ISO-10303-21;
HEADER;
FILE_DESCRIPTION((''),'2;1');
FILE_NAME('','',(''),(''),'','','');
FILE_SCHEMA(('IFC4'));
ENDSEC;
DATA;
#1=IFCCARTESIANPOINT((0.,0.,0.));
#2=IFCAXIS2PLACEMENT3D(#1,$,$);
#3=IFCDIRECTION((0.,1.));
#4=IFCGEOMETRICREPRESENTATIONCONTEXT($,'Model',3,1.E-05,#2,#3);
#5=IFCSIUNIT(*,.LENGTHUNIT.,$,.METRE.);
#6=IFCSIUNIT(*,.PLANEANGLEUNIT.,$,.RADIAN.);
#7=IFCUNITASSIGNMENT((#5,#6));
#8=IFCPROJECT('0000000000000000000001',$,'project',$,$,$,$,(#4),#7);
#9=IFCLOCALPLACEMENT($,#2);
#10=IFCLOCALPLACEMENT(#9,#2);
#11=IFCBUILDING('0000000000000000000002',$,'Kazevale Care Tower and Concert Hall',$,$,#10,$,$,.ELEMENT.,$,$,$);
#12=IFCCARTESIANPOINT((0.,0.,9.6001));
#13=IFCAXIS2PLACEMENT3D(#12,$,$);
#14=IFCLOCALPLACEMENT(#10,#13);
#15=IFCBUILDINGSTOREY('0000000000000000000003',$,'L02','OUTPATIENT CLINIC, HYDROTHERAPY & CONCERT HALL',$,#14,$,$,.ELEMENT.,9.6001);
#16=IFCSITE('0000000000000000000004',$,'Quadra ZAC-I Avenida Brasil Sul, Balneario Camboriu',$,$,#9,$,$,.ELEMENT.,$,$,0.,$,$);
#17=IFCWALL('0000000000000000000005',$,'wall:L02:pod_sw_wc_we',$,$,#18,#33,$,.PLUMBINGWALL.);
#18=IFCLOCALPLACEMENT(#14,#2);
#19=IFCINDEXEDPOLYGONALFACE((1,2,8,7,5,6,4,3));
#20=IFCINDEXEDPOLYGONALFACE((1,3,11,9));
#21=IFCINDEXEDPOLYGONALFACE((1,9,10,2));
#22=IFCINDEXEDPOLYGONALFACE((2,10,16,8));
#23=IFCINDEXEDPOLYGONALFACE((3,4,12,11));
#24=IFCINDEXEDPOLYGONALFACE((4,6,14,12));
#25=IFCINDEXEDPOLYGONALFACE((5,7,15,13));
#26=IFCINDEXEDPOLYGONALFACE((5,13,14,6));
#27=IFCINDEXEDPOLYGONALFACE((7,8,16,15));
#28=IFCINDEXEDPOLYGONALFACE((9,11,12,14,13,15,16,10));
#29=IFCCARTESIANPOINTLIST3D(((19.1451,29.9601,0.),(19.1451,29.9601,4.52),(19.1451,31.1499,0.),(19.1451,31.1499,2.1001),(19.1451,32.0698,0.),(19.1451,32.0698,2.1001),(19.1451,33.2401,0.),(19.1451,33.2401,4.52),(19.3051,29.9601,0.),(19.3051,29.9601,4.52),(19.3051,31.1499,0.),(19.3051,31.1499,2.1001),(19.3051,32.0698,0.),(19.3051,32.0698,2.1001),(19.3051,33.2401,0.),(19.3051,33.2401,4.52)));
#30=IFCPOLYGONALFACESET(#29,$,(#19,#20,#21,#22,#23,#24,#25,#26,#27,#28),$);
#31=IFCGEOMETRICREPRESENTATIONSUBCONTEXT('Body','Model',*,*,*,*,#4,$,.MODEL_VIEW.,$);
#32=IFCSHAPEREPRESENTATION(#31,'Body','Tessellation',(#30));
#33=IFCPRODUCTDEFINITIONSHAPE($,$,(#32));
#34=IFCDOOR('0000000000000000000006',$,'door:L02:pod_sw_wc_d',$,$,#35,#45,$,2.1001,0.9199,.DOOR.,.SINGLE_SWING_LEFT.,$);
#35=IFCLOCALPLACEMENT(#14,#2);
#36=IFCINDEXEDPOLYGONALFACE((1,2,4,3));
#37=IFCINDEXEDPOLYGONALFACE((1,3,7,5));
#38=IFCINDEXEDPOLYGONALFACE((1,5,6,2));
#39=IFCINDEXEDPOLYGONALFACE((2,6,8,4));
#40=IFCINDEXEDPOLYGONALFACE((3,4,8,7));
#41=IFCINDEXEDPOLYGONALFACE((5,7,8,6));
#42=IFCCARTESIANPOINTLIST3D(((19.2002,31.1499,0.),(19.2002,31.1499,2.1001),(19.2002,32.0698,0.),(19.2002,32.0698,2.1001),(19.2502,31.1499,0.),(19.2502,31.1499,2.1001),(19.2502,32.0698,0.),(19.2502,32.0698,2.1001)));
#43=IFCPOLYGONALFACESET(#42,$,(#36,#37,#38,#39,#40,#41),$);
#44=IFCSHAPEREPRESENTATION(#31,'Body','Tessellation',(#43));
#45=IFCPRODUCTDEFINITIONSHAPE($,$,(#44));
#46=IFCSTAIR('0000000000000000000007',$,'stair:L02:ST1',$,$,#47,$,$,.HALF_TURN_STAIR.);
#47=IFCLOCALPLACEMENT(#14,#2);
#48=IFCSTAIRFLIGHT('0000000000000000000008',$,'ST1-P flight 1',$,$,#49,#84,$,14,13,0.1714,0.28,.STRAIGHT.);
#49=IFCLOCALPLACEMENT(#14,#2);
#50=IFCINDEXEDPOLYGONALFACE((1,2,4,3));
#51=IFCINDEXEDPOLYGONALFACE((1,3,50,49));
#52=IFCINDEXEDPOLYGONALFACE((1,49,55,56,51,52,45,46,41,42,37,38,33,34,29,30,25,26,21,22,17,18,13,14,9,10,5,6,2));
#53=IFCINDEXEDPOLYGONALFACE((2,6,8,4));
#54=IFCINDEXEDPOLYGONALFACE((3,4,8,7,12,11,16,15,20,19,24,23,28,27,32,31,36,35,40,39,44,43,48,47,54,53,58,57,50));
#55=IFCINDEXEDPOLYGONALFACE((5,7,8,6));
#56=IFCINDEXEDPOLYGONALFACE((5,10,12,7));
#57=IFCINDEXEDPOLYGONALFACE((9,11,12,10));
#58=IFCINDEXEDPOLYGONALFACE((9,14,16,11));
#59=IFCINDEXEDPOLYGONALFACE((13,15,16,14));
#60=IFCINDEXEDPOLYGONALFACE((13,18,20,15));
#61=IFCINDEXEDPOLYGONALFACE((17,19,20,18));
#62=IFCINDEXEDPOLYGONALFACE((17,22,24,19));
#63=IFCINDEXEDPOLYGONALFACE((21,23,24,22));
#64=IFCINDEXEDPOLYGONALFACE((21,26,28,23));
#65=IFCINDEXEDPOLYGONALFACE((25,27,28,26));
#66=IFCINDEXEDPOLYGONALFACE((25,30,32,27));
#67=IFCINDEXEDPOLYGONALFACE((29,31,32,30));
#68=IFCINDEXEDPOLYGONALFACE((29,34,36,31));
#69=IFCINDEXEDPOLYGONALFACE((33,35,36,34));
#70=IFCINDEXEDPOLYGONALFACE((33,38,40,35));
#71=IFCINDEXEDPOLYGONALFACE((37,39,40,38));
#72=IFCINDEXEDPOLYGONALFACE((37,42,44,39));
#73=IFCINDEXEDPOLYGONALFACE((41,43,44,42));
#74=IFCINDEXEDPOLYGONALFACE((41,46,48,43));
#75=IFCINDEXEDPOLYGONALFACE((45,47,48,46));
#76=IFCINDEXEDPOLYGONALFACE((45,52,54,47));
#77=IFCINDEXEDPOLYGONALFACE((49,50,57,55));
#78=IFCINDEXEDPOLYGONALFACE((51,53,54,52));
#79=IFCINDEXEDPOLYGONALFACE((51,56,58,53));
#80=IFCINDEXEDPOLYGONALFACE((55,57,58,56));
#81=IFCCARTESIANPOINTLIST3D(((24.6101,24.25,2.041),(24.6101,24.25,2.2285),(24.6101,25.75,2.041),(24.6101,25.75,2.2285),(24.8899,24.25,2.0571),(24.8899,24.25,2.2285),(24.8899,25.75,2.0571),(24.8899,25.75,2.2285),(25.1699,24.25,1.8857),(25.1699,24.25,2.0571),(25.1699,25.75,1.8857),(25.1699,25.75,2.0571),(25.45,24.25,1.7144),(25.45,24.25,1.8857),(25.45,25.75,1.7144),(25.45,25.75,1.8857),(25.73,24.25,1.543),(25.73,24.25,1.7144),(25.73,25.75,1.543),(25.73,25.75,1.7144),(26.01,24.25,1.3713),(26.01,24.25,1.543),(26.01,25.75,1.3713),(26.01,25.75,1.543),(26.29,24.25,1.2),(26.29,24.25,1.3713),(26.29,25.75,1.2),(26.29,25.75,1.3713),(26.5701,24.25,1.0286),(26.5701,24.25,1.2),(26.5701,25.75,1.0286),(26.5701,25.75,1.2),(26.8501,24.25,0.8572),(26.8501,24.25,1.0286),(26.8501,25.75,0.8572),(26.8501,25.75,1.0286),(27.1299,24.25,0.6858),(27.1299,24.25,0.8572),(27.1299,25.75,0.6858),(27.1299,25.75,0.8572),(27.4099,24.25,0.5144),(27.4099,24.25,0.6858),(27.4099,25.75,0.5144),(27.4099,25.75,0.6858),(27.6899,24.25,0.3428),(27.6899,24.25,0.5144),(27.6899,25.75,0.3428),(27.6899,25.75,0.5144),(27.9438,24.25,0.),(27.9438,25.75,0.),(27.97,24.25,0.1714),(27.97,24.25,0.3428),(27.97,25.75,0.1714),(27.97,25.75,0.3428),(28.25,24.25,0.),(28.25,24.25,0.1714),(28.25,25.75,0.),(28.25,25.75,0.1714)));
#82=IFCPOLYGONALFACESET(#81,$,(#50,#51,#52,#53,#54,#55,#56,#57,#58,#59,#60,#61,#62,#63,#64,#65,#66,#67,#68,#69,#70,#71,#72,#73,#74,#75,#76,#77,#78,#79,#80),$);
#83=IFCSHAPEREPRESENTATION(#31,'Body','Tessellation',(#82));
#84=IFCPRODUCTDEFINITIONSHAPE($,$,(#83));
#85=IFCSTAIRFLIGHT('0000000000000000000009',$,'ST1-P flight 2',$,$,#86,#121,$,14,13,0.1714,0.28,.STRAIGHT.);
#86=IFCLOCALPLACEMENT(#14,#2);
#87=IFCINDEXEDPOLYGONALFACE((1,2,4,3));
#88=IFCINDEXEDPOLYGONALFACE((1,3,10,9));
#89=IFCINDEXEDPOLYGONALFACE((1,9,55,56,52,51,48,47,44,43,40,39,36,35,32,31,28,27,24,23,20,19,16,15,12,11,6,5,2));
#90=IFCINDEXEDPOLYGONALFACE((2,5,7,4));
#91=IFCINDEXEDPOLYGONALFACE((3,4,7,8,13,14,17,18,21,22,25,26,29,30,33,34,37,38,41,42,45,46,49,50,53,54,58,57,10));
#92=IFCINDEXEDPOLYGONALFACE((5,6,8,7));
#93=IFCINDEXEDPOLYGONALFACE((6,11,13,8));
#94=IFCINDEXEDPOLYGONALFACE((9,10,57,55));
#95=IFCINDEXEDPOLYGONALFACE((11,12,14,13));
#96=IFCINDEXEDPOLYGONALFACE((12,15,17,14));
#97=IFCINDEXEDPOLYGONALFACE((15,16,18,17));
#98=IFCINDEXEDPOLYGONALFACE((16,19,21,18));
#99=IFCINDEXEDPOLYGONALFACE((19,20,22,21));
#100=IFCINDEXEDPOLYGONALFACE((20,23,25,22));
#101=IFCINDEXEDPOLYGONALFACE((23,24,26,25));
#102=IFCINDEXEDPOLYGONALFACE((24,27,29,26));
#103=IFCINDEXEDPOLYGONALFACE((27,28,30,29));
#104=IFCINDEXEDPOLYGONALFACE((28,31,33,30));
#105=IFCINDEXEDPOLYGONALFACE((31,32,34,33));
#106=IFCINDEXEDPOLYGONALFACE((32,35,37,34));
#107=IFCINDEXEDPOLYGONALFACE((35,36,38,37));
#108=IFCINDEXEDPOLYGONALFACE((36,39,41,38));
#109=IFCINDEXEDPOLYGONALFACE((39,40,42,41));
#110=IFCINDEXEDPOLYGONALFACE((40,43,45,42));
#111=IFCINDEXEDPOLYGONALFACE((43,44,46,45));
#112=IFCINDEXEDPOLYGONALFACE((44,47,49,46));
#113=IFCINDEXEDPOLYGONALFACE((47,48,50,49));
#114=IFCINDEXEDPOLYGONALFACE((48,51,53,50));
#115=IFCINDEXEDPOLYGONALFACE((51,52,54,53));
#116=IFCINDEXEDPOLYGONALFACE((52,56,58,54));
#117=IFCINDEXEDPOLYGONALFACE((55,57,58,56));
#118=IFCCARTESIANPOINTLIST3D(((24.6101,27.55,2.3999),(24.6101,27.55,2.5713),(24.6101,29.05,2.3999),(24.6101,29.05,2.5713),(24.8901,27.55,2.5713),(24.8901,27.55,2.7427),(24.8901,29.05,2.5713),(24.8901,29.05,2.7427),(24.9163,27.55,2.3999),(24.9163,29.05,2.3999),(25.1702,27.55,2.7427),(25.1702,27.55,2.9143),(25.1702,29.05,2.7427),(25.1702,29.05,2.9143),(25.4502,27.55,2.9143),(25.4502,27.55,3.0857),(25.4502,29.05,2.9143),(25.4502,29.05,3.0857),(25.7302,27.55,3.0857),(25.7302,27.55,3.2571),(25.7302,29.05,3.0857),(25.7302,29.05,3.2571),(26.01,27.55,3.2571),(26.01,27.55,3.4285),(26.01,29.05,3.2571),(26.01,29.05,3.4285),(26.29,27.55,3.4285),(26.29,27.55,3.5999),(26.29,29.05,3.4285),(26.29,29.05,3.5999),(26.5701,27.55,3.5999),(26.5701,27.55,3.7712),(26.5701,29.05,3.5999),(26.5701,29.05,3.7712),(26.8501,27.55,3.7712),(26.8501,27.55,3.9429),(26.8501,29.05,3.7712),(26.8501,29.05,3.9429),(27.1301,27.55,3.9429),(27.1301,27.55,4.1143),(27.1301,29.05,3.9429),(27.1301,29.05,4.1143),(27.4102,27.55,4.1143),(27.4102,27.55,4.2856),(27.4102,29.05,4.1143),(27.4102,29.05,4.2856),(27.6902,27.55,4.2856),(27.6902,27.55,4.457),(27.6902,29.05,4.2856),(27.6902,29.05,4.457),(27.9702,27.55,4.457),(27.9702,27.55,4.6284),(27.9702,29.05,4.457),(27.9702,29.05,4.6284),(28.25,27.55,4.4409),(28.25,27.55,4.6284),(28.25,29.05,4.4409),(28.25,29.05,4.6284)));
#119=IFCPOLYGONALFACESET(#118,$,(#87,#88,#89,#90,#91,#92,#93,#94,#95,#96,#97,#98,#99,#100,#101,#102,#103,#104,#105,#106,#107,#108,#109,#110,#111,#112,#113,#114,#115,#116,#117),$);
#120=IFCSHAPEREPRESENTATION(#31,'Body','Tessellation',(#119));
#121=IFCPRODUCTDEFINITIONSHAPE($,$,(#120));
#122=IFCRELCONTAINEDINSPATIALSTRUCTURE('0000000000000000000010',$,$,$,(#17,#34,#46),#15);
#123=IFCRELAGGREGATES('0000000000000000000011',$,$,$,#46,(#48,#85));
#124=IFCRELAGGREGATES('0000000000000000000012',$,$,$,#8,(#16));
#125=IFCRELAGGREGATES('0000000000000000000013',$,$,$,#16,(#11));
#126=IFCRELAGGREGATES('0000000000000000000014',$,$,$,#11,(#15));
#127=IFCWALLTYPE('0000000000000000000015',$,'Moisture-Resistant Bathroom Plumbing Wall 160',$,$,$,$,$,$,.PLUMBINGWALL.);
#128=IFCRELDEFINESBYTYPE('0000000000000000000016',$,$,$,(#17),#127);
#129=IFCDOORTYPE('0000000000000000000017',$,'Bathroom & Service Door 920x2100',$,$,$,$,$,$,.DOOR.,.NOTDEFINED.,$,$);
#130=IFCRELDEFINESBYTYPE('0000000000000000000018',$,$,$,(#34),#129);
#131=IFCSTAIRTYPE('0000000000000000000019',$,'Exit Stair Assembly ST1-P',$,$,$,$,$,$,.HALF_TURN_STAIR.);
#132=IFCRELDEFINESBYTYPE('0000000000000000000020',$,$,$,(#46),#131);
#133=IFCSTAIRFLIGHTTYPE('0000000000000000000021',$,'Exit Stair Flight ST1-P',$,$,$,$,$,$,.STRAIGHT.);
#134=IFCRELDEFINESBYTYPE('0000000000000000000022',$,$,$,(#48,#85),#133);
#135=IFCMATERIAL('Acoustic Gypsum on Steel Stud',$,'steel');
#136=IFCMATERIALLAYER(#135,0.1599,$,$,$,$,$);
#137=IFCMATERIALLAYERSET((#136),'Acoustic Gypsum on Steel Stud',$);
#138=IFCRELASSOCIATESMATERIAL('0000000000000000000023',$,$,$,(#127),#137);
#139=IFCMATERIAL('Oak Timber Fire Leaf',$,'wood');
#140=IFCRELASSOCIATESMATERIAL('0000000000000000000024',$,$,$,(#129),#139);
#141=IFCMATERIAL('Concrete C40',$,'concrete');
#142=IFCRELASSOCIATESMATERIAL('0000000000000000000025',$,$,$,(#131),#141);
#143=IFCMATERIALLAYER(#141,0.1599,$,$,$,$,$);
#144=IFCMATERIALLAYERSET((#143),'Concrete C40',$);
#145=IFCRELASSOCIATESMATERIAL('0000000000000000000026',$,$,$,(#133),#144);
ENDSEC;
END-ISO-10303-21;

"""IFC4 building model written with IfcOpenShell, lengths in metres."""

from ifc_helpers import new_model, si_unit, direction, frame, frame_2d, origin, place, context, subcontext, project, spatial, polyline, rectangle, outline, extrude, material, layer, layer_set, type_object, element, fill, aggregate, save


model = new_model("IFC4")

# Units and contexts
model_context = context("Model", 3, precision=1e-05, world=origin(), true_north=direction((0.0, 1.0)))
body_context = subcontext(model_context, "Body", "Model", "MODEL_VIEW")
ifc_project = project(units=[si_unit("LENGTHUNIT", "METRE"), si_unit("PLANEANGLEUNIT", "RADIAN")], contexts=[model_context])

# Site, building, storey
site_placement = place(None, origin())
site = spatial("IfcSite", under=ifc_project, at=site_placement, Name="Quadra ZAC-I Avenida Brasil Sul, Balneario Camboriu", CompositionType="ELEMENT", RefElevation=0.0)
building_placement = place(site_placement, origin())
building = spatial("IfcBuilding", under=site, at=building_placement, Name="Kazevale Care Tower and Concert Hall", CompositionType="ELEMENT")
storey_placement = place(building_placement, frame((0.0, 0.0, 9.6001)))
storey = spatial("IfcBuildingStorey", under=building, at=storey_placement, Name="L02", Description="OUTPATIENT CLINIC, HYDROTHERAPY & CONCERT HALL", CompositionType="ELEMENT", Elevation=9.6001)

# Shared definitions
ifc_material_1 = material(Name="Acoustic Gypsum on Steel Stud", Category="steel")
ifc_material_2 = material(Name="Oak Timber Fire Leaf", Category="wood")

# Shared definitions
ifc_material_3 = material(Name="Concrete C40", Category="concrete")
ifc_layer_1 = layer(ifc_material_1, 0.1599)
ifc_layer_set_1 = layer_set([ifc_layer_1], Name="Acoustic Gypsum on Steel Stud")
wall_type_1 = type_object("IfcWallType", Name="Moisture-Resistant Bathroom Plumbing Wall 160", PredefinedType="PLUMBINGWALL", material=ifc_layer_set_1)

# Wall, opening, door
wall_1_placement = place(storey_placement, frame((19.2251, 29.96, 0.0), z_axis=(0.0, 0.0, 1.0), x_axis=(0.0, 1.0, 0.0)))
wall_1 = element("IfcWall", 1, at=wall_1_placement, inside=storey, type_object=wall_type_1, Name="wall:L02:pod_sw_wc_we", PredefinedType="PLUMBINGWALL", context=body_context, shape_type="SweptSolid", body=[
    extrude(rectangle(XDim=3.28, YDim=0.1599, at=frame_2d((1.6401, 0.0))), origin(), (0.0, 0.0, 1.0), 4.52),
])
opening_1_placement = place(wall_1_placement, frame((1.1899, 0.0, 0.0)))
opening_1 = element("IfcOpeningElement", 2, at=opening_1_placement, cuts=wall_1, PredefinedType="OPENING", context=body_context, shape_type="SweptSolid", body=[
    extrude(rectangle(XDim=0.9199, YDim=2.1001, at=frame_2d((0.46, 1.05))), frame((0.0, 0.0898, 0.0), z_axis=(0.0, -1.0, 0.0), x_axis=(1.0, 0.0, 0.0)), (0.0, 0.0, 1.0), 0.1799),
])
door_type_1 = type_object("IfcDoorType", Name="Bathroom & Service Door 920x2100", OperationType="NOTDEFINED", PredefinedType="DOOR", material=ifc_material_2)
door_1_placement = place(opening_1_placement, origin())
door_1 = element("IfcDoor", 3, at=door_1_placement, inside=storey, type_object=door_type_1, Name="door:L02:pod_sw_wc_d", OperationType="SINGLE_SWING_LEFT", OverallHeight=2.1001, OverallWidth=0.9199, PredefinedType="DOOR", context=body_context, shape_type="SweptSolid", body=[
    extrude(rectangle(XDim=0.9199, YDim=2.1001, at=frame_2d((0.46, 1.05))), frame((0.0, 0.0249, 0.0), z_axis=(0.0, -1.0, 0.0), x_axis=(1.0, 0.0, 0.0)), (0.0, 0.0, 1.0), 0.05),
])
fill(opening_1, door_1)

# Stair, stair flights
stair_type = type_object("IfcStairType", Name="Exit Stair Assembly ST1-P", PredefinedType="HALF_TURN_STAIR", material=ifc_material_3)
stair_placement = place(storey_placement, origin())
stair = element("IfcStair", 4, at=stair_placement, inside=storey, type_object=stair_type, Name="stair:L02:ST1", PredefinedType="HALF_TURN_STAIR")
ifc_layer_2 = layer(ifc_material_3, 0.1599)
ifc_layer_set_2 = layer_set([ifc_layer_2], Name="Concrete C40")
stair_flight_type = type_object("IfcStairFlightType", Name="Exit Stair Flight ST1-P", PredefinedType="STRAIGHT", material=ifc_layer_set_2)
stair_flight_1_placement = place(storey_placement, frame((28.25, 25.0, 0.0), z_axis=(0.0, 0.0, 1.0), x_axis=(-1.0, 0.0, 0.0)))
stair_flight_1 = element("IfcStairFlight", 5, at=stair_flight_1_placement, type_object=stair_flight_type, Name="ST1-P flight 1", NumberOfRisers=14, NumberOfTreads=13, PredefinedType="STRAIGHT", RiserHeight=0.1714, TreadLength=0.28, context=body_context, shape_type="SweptSolid", body=[
    extrude(outline(polyline([(0.0, 0.0), (0.0, 0.1714), (0.28, 0.1714), (0.28, 0.3428), (0.5601, 0.3428), (0.5601, 0.5144), (0.8401, 0.5144), (0.8401, 0.6858), (1.1201, 0.6858), (1.1201, 0.8572), (1.3999, 0.8572), (1.3999, 1.0286), (1.6799, 1.0286), (1.6799, 1.2), (1.96, 1.2), (1.96, 1.3713), (2.24, 1.3713), (2.24, 1.543), (2.52, 1.543), (2.52, 1.7144), (2.8, 1.7144), (2.8, 1.8857), (3.0801, 1.8857), (3.0801, 2.0571), (3.3601, 2.0571), (3.3601, 2.2285), (3.6399, 2.2285), (3.6399, 2.3999), (3.6399, 2.041), (0.3062, 0.0), (0.0, 0.0)])), frame((0.0, 0.75, 0.0), z_axis=(0.0, -1.0, 0.0), x_axis=(1.0, 0.0, 0.0)), (0.0, 0.0, 1.0), 1.5),
])
stair_flight_2_placement = place(storey_placement, frame((24.6101, 28.3, 2.3999), z_axis=(0.0, 0.0, 1.0), x_axis=(1.0, 0.0, 0.0)))
stair_flight_2 = element("IfcStairFlight", 6, at=stair_flight_2_placement, type_object=stair_flight_type, Name="ST1-P flight 2", NumberOfRisers=14, NumberOfTreads=13, PredefinedType="STRAIGHT", RiserHeight=0.1714, TreadLength=0.28, context=body_context, shape_type="SweptSolid", body=[
    extrude(outline(polyline([(0.0, 0.0), (0.0, 0.1714), (0.28, 0.1714), (0.28, 0.3428), (0.5601, 0.3428), (0.5601, 0.5144), (0.8401, 0.5144), (0.8401, 0.6858), (1.1201, 0.6858), (1.1201, 0.8572), (1.3999, 0.8572), (1.3999, 1.0286), (1.6799, 1.0286), (1.6799, 1.2), (1.96, 1.2), (1.96, 1.3713), (2.24, 1.3713), (2.24, 1.543), (2.52, 1.543), (2.52, 1.7144), (2.8, 1.7144), (2.8, 1.8857), (3.0801, 1.8857), (3.0801, 2.0571), (3.3601, 2.0571), (3.3601, 2.2285), (3.6399, 2.2285), (3.6399, 2.3999), (3.6399, 2.041), (0.3062, 0.0), (0.0, 0.0)])), frame((0.0, 0.75, 0.0), z_axis=(0.0, -1.0, 0.0), x_axis=(1.0, 0.0, 0.0)), (0.0, 0.0, 1.0), 1.5),
])
aggregate(stair, [stair_flight_1, stair_flight_2])

save(model, "model.ifc")
